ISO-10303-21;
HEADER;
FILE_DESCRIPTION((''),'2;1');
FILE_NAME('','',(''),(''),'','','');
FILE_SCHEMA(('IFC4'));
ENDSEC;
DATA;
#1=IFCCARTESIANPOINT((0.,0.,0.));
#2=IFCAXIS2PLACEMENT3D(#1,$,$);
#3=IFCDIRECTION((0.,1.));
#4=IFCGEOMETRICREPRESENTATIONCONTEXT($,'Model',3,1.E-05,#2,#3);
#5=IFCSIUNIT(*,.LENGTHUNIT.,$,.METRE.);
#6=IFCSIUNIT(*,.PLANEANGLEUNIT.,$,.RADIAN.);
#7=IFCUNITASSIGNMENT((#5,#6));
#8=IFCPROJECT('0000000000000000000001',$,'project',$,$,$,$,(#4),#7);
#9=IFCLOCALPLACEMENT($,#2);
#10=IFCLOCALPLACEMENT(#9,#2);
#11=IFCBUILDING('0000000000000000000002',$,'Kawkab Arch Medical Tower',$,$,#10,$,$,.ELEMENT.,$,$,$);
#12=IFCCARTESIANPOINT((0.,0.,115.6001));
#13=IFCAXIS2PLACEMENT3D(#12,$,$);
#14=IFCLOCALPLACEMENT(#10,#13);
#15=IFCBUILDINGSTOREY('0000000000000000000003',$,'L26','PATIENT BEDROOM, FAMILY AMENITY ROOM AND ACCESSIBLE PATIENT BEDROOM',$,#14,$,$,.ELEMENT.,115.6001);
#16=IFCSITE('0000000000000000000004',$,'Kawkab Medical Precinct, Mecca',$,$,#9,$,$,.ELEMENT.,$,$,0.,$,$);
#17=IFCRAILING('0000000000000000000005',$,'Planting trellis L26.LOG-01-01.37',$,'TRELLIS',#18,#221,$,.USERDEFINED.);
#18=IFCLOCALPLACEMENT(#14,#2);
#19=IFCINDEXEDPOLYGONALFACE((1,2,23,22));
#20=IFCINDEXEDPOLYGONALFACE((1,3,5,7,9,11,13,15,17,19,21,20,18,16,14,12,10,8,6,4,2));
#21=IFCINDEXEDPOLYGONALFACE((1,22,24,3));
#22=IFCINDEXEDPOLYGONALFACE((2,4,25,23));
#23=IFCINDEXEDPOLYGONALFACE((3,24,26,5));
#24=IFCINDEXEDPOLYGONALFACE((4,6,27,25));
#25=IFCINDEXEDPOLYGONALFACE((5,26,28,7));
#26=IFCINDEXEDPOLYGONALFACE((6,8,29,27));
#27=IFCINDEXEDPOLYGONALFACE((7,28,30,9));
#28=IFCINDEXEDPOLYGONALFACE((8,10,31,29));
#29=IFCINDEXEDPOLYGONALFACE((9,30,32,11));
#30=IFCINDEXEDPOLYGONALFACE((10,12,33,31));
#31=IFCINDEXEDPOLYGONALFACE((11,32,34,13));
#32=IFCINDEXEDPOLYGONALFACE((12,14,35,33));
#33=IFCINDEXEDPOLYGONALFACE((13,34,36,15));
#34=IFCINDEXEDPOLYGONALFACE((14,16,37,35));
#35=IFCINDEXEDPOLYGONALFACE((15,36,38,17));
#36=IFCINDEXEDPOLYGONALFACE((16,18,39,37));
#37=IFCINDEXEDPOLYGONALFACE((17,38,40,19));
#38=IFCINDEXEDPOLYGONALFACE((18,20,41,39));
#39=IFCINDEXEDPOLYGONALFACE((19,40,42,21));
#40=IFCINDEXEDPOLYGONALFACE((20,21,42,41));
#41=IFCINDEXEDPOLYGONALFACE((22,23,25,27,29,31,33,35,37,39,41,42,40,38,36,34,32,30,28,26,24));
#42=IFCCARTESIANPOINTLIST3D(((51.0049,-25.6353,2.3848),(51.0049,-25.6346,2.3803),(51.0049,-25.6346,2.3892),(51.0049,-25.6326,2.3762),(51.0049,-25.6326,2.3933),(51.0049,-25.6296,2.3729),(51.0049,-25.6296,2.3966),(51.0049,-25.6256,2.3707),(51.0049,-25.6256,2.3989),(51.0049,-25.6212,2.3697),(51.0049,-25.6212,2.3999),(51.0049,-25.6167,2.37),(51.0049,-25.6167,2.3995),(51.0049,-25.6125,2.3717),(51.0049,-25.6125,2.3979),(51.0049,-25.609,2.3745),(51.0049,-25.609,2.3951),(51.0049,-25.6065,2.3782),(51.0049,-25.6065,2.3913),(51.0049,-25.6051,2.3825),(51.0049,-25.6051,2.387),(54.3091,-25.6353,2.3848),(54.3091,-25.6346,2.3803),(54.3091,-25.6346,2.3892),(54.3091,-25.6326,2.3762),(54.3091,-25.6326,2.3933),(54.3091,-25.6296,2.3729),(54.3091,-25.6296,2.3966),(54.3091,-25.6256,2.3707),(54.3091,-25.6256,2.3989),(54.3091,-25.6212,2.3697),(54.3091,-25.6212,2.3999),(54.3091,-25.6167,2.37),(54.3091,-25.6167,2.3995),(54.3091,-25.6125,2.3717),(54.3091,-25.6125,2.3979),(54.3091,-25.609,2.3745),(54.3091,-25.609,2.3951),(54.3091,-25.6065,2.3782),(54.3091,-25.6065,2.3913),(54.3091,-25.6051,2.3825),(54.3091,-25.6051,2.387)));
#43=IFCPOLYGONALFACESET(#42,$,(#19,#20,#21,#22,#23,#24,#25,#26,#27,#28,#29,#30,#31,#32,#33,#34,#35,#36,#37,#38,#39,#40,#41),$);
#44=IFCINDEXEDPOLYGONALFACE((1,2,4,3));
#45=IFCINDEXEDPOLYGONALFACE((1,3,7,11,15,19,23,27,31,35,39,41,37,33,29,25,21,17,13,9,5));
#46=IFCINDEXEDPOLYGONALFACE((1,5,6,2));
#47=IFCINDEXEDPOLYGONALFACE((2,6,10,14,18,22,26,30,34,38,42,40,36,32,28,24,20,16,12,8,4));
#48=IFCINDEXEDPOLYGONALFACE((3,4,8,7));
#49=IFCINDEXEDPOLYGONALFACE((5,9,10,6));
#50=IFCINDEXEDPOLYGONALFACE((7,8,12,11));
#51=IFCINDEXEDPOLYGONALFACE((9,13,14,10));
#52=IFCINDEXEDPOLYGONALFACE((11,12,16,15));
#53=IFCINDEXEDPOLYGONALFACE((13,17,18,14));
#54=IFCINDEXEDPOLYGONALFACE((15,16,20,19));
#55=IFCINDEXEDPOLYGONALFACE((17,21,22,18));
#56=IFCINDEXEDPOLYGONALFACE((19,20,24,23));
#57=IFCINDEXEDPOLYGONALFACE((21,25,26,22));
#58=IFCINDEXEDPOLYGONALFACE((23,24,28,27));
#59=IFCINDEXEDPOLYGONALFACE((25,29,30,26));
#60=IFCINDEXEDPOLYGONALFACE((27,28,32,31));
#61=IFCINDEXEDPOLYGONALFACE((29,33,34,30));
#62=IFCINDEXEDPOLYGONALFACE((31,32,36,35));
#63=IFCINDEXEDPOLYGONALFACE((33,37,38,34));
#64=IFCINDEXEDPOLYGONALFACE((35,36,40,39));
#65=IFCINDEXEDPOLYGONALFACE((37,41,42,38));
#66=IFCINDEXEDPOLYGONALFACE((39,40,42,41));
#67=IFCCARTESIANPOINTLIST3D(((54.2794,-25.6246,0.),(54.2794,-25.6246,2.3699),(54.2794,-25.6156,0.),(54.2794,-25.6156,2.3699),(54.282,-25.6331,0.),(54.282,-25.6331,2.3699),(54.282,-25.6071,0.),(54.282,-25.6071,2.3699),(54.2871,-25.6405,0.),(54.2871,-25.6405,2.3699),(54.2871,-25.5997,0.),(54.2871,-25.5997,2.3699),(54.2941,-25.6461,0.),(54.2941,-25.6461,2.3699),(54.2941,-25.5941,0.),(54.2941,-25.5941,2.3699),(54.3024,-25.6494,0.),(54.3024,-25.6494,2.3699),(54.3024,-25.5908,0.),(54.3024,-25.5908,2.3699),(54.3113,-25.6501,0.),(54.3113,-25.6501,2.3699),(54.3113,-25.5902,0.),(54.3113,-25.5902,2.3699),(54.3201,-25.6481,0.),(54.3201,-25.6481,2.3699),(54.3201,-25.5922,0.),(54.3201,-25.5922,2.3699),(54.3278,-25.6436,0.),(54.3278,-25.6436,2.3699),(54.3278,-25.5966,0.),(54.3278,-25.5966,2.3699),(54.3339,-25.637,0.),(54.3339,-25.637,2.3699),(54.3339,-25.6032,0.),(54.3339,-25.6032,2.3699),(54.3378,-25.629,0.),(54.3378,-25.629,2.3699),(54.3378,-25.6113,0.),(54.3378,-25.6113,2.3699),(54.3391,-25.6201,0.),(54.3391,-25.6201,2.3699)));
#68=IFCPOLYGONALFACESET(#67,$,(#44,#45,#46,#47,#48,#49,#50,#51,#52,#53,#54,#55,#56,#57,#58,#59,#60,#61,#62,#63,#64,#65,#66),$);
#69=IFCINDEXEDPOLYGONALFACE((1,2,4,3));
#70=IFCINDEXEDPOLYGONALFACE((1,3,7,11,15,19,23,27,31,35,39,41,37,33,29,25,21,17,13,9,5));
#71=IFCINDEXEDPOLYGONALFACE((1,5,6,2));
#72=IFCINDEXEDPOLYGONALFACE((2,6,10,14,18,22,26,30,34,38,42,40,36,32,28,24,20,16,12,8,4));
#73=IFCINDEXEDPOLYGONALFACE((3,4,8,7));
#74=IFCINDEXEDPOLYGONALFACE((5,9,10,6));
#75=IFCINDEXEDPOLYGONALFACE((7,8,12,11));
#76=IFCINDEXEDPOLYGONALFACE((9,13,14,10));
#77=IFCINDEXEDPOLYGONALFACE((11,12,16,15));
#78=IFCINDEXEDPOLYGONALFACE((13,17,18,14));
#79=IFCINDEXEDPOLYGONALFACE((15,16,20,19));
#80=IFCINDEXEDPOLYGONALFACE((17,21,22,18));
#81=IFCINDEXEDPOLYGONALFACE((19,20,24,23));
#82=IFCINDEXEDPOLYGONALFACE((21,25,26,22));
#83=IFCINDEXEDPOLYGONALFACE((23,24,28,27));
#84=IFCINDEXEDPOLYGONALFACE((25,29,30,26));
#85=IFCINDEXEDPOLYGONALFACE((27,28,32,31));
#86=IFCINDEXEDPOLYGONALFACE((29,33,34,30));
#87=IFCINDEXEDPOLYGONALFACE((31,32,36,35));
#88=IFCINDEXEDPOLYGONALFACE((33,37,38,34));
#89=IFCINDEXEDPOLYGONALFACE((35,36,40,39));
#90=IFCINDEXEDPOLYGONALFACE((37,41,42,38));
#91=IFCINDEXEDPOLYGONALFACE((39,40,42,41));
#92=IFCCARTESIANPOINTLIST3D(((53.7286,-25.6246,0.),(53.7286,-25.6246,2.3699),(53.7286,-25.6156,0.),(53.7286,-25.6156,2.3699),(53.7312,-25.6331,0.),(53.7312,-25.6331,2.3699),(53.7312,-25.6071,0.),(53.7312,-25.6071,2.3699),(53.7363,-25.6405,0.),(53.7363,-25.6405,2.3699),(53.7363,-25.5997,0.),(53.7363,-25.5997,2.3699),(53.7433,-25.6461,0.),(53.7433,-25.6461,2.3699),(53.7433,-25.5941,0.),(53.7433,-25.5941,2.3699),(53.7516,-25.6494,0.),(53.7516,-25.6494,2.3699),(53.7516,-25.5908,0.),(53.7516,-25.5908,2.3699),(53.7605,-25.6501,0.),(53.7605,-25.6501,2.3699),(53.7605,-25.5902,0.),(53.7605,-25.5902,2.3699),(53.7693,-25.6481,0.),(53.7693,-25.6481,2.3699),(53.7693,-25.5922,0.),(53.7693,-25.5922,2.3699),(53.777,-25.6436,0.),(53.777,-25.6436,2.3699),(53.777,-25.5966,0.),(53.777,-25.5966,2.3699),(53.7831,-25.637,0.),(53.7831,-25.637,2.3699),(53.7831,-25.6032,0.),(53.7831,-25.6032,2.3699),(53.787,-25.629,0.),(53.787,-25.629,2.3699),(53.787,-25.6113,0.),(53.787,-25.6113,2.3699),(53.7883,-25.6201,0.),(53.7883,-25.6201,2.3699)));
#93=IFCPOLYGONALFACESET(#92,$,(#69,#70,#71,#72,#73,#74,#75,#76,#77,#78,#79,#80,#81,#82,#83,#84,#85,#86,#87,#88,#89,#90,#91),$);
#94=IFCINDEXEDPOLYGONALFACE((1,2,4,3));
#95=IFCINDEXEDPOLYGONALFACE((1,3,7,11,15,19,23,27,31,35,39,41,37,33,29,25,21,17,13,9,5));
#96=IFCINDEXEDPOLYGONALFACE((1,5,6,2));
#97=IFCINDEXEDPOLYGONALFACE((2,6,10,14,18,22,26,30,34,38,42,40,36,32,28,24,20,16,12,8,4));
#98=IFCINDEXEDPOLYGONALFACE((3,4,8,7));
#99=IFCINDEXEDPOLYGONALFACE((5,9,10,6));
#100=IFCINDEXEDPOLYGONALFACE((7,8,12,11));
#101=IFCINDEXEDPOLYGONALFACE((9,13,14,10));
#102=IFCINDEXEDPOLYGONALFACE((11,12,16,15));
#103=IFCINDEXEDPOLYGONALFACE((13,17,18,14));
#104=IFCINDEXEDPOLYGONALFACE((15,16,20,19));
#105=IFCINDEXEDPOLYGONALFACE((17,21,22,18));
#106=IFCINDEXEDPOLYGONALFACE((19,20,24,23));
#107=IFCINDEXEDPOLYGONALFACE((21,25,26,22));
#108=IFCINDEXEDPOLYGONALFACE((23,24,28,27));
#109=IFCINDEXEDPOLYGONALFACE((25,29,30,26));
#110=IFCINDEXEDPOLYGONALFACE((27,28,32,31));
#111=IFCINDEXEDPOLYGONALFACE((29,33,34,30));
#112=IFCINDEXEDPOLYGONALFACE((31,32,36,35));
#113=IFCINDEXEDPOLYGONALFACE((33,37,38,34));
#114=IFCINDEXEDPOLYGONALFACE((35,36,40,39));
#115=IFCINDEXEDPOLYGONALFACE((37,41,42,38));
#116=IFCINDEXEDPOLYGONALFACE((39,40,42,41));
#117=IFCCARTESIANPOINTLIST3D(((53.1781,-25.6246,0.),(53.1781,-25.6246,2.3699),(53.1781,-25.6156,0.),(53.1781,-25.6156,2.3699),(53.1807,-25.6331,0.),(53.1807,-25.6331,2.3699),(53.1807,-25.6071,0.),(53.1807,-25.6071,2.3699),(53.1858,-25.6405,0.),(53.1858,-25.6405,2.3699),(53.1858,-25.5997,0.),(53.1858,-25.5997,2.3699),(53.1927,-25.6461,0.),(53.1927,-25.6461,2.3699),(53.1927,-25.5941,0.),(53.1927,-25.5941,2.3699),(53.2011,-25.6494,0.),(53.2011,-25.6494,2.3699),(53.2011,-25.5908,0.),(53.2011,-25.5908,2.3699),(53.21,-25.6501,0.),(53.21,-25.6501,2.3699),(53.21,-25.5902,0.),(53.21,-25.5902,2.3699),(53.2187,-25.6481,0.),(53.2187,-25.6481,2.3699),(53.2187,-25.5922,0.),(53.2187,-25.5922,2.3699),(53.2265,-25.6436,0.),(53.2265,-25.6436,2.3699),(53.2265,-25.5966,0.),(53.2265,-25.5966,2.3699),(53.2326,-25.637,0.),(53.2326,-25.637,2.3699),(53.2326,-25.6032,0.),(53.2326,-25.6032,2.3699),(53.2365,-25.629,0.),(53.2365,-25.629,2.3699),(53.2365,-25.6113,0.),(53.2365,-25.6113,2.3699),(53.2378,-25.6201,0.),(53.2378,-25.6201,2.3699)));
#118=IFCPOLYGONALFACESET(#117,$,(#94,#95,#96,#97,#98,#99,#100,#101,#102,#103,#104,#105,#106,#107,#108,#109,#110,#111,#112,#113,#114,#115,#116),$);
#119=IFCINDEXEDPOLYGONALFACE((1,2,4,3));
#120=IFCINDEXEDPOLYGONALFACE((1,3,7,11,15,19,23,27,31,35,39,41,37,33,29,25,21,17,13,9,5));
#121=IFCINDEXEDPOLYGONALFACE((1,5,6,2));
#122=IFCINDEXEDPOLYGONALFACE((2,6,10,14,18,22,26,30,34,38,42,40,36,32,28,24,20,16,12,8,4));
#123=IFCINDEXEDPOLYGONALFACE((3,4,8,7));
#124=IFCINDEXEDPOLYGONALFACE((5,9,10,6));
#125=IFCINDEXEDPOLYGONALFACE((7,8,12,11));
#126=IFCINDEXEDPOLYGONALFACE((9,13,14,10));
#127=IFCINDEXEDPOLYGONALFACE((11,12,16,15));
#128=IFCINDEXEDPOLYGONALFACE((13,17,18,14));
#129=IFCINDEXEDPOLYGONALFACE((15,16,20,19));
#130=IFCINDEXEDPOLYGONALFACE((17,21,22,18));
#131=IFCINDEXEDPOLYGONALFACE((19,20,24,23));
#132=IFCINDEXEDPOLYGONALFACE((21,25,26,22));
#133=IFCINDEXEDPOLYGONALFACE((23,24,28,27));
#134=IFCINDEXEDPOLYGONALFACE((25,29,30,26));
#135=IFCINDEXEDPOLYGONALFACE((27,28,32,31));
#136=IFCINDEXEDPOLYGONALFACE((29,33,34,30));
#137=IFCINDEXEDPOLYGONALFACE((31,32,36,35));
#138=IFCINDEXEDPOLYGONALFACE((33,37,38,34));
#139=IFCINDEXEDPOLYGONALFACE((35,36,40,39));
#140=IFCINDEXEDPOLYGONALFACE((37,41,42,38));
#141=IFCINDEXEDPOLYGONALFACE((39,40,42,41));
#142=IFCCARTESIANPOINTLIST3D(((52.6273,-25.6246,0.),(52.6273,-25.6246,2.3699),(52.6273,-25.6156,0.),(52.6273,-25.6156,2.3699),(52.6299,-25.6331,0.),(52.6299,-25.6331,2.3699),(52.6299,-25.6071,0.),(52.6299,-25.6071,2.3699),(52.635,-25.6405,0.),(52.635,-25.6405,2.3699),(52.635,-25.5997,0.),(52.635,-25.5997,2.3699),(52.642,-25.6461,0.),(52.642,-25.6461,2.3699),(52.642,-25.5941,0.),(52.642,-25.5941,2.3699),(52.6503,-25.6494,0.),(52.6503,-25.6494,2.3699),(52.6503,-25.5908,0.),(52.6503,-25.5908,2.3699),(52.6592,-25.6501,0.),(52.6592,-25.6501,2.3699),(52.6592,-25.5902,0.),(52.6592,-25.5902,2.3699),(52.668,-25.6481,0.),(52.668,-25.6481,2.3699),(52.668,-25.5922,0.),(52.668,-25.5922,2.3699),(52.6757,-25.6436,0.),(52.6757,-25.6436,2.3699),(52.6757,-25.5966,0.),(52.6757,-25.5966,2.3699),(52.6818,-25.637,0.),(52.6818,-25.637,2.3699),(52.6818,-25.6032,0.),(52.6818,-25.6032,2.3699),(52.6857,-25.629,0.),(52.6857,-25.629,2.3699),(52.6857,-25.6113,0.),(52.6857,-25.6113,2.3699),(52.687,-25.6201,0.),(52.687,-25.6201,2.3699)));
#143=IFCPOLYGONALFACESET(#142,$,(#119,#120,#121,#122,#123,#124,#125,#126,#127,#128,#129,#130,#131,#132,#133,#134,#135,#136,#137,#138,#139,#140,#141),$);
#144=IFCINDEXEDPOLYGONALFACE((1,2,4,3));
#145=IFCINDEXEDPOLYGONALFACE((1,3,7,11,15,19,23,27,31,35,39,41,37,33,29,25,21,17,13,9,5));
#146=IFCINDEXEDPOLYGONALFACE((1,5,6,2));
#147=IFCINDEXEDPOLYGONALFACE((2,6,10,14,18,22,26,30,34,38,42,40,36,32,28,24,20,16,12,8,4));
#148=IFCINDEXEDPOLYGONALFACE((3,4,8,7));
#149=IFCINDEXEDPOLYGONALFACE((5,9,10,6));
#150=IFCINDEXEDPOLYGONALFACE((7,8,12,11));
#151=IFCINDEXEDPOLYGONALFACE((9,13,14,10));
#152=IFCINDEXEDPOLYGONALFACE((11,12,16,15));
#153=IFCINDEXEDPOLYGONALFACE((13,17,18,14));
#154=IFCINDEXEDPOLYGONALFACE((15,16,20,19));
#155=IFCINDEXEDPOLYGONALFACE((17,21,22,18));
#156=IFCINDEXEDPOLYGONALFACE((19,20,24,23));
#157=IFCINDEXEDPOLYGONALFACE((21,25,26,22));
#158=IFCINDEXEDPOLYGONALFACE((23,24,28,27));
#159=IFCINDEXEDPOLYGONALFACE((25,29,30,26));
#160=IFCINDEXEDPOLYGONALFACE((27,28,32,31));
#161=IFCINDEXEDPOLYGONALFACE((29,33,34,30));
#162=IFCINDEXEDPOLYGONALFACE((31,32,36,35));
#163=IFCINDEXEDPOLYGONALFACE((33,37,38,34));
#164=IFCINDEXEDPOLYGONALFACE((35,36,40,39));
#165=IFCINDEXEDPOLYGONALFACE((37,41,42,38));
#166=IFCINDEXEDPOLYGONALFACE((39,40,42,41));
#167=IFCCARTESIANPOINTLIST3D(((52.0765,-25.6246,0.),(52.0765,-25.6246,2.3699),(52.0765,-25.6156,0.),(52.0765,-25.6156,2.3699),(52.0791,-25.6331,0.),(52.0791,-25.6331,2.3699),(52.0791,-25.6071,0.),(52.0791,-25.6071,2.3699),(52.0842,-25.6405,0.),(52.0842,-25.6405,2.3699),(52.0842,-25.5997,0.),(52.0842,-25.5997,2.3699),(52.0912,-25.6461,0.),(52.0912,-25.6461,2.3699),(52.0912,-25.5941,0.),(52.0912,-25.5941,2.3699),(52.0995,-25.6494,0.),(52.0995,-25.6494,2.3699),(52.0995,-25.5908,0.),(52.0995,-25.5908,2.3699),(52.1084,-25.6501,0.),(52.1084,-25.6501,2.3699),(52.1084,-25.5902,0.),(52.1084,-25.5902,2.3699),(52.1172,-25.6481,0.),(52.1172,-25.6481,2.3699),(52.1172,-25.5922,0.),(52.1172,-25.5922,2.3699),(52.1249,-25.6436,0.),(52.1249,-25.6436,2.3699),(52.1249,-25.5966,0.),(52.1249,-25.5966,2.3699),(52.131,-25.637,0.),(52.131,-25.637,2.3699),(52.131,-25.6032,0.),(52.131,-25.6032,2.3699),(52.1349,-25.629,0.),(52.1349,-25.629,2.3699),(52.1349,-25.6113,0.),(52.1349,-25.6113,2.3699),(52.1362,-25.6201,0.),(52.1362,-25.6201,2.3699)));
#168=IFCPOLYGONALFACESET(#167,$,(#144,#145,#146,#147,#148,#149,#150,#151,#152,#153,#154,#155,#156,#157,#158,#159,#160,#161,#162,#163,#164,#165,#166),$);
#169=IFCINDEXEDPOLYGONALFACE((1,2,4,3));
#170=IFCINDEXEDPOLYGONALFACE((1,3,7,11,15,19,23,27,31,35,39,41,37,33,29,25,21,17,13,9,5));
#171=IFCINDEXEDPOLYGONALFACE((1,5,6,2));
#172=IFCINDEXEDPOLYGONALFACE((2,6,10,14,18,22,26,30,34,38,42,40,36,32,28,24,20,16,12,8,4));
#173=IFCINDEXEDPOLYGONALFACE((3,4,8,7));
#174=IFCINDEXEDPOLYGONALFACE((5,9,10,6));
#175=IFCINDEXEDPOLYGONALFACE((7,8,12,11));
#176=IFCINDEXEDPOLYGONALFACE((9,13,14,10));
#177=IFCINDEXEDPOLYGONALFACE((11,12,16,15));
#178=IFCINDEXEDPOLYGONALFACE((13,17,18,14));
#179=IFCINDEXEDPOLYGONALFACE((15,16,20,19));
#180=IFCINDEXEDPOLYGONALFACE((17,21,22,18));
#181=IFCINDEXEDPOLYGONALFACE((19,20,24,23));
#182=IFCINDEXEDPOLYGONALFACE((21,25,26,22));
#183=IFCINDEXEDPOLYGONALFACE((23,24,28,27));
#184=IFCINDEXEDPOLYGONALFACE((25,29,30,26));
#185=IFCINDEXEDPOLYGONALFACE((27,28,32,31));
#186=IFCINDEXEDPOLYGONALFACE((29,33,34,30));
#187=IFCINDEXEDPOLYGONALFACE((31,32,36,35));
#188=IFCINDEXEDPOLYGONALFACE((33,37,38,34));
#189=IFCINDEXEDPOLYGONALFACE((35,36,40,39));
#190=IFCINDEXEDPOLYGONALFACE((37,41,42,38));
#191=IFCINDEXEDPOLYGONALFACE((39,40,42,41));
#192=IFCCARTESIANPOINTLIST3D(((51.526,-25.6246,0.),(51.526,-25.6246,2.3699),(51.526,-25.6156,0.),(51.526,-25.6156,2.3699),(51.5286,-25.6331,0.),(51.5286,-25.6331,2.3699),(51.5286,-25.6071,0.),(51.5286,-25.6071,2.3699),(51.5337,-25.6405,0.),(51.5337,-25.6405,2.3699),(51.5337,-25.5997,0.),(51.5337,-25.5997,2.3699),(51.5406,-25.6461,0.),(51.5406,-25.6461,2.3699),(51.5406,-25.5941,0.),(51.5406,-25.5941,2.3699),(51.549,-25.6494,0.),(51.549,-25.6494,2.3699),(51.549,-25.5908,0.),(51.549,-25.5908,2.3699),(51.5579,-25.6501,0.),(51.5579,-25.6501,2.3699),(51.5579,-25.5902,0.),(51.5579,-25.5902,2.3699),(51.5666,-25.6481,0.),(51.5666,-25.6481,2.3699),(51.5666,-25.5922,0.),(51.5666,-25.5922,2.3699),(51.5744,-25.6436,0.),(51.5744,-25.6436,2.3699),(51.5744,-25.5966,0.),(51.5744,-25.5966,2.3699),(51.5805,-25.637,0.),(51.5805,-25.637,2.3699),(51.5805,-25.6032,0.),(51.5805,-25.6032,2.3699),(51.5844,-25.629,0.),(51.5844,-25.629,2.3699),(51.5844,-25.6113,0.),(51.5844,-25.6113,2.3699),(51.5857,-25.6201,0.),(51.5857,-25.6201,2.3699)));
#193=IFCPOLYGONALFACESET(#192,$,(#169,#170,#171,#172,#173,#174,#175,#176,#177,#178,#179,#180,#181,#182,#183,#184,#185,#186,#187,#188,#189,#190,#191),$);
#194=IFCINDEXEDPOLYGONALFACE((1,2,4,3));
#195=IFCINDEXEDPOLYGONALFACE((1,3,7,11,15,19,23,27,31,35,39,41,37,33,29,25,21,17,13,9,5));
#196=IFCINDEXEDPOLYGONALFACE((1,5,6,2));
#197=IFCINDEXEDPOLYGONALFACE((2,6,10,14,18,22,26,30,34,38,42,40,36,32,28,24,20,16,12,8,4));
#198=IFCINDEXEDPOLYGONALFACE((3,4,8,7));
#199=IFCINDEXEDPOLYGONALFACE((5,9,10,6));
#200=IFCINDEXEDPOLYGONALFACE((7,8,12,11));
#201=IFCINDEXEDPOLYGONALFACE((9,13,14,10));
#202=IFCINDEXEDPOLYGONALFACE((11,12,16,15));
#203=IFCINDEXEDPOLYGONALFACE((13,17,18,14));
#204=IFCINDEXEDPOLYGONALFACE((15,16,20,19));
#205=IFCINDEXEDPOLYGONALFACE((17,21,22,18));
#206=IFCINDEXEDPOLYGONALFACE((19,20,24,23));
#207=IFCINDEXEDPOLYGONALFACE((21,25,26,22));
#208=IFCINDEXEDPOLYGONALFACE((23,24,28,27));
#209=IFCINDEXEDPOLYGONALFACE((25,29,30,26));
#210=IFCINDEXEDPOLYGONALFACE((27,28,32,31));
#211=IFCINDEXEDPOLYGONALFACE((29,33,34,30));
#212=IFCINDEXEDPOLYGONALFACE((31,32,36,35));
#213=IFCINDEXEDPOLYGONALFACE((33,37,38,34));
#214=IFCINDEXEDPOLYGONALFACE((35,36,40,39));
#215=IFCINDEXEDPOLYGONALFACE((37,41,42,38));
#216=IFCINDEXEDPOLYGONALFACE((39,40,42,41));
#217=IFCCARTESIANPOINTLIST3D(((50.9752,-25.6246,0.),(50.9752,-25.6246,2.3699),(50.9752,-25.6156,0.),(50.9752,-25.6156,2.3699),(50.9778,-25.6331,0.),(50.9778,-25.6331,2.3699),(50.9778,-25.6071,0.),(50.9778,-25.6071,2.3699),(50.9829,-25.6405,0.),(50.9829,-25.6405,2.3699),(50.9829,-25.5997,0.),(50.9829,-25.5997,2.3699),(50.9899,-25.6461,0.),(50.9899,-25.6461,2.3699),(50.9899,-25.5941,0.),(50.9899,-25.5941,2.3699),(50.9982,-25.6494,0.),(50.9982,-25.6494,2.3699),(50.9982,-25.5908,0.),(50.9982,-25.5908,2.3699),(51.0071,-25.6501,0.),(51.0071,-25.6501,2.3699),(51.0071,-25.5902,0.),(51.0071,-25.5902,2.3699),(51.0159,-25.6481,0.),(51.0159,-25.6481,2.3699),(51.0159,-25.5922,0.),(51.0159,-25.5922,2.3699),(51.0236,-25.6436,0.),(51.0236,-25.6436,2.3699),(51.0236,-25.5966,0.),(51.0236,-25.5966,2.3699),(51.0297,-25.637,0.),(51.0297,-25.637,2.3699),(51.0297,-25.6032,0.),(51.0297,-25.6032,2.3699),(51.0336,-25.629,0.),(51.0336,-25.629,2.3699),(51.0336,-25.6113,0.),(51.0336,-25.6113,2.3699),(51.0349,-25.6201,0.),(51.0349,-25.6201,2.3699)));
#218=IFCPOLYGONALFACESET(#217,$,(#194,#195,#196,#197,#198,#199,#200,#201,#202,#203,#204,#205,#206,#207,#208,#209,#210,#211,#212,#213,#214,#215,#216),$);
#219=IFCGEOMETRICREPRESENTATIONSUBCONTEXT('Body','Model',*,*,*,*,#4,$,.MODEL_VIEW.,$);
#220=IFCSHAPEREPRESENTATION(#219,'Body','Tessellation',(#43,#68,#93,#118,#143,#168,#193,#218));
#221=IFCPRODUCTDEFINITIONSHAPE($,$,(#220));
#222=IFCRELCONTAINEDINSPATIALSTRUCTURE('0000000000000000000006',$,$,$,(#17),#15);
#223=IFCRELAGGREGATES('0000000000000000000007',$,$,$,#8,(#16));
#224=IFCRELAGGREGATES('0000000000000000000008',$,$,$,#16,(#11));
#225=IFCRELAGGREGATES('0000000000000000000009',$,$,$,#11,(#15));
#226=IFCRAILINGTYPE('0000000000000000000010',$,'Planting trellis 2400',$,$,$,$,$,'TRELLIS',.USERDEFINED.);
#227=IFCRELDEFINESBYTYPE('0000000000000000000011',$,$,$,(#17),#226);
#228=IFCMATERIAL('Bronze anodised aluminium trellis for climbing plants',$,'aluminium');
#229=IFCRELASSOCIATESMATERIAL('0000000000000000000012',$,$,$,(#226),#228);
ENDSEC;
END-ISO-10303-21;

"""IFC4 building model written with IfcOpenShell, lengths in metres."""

from ifc_helpers import new_model, si_unit, direction, frame, origin, origin_2d, place, context, subcontext, project, spatial, circle, extrude, material, type_object, element, save


model = new_model("IFC4")

# Units and contexts
model_context = context("Model", 3, precision=1e-05, world=origin(), true_north=direction((0.0, 1.0)))
body_context = subcontext(model_context, "Body", "Model", "MODEL_VIEW")
ifc_project = project(units=[si_unit("LENGTHUNIT", "METRE"), si_unit("PLANEANGLEUNIT", "RADIAN")], contexts=[model_context])

# Site, building, storey
site_placement = place(None, origin())
site = spatial("IfcSite", under=ifc_project, at=site_placement, Name="Kawkab Medical Precinct, Mecca", CompositionType="ELEMENT", RefElevation=0.0)
building_placement = place(site_placement, origin())
building = spatial("IfcBuilding", under=site, at=building_placement, Name="Kawkab Arch Medical Tower", CompositionType="ELEMENT")
storey_placement = place(building_placement, frame((0.0, 0.0, 115.6001)))
storey = spatial("IfcBuildingStorey", under=building, at=storey_placement, Name="L26", Description="PATIENT BEDROOM, FAMILY AMENITY ROOM AND ACCESSIBLE PATIENT BEDROOM", CompositionType="ELEMENT", Elevation=115.6001)

# Railing
ifc_material_1 = material(Name="Bronze anodised aluminium trellis for climbing plants", Category="aluminium")
railing_type = type_object("IfcRailingType", Name="Planting trellis 2400", ElementType="TRELLIS", PredefinedType="USERDEFINED", material=ifc_material_1)
railing_1_placement = place(storey_placement, frame((54.3091, -25.6201, 0.0)))
element("IfcRailing", 1, at=railing_1_placement, inside=storey, type_object=railing_type, Name="Planting trellis L26.LOG-01-01.37", ObjectType="TRELLIS", PredefinedType="USERDEFINED", context=body_context, shape_type="SweptSolid", body=[
    extrude(circle(Radius=0.0151, at=origin_2d()), frame((0.0, 0.0, 2.3848), z_axis=(-1.0, 0.0, 0.0), x_axis=(0.0, -1.0, 0.0)), (0.0, 0.0, 1.0), 3.3042),
    extrude(circle(Radius=0.03, at=origin_2d()), origin(), (0.0, 0.0, 1.0), 2.3699),
    extrude(circle(Radius=0.03, at=origin_2d()), frame((-0.5508, 0.0, 0.0)), (0.0, 0.0, 1.0), 2.3699),
    extrude(circle(Radius=0.03, at=origin_2d()), frame((-1.1013, 0.0, 0.0)), (0.0, 0.0, 1.0), 2.3699),
    extrude(circle(Radius=0.03, at=origin_2d()), frame((-1.6521, 0.0, 0.0)), (0.0, 0.0, 1.0), 2.3699),
    extrude(circle(Radius=0.03, at=origin_2d()), frame((-2.2029, 0.0, 0.0)), (0.0, 0.0, 1.0), 2.3699),
    extrude(circle(Radius=0.03, at=origin_2d()), frame((-2.7534, 0.0, 0.0)), (0.0, 0.0, 1.0), 2.3699),
    extrude(circle(Radius=0.03, at=origin_2d()), frame((-3.3042, 0.0, 0.0)), (0.0, 0.0, 1.0), 2.3699),
])

save(model, "model.ifc")
